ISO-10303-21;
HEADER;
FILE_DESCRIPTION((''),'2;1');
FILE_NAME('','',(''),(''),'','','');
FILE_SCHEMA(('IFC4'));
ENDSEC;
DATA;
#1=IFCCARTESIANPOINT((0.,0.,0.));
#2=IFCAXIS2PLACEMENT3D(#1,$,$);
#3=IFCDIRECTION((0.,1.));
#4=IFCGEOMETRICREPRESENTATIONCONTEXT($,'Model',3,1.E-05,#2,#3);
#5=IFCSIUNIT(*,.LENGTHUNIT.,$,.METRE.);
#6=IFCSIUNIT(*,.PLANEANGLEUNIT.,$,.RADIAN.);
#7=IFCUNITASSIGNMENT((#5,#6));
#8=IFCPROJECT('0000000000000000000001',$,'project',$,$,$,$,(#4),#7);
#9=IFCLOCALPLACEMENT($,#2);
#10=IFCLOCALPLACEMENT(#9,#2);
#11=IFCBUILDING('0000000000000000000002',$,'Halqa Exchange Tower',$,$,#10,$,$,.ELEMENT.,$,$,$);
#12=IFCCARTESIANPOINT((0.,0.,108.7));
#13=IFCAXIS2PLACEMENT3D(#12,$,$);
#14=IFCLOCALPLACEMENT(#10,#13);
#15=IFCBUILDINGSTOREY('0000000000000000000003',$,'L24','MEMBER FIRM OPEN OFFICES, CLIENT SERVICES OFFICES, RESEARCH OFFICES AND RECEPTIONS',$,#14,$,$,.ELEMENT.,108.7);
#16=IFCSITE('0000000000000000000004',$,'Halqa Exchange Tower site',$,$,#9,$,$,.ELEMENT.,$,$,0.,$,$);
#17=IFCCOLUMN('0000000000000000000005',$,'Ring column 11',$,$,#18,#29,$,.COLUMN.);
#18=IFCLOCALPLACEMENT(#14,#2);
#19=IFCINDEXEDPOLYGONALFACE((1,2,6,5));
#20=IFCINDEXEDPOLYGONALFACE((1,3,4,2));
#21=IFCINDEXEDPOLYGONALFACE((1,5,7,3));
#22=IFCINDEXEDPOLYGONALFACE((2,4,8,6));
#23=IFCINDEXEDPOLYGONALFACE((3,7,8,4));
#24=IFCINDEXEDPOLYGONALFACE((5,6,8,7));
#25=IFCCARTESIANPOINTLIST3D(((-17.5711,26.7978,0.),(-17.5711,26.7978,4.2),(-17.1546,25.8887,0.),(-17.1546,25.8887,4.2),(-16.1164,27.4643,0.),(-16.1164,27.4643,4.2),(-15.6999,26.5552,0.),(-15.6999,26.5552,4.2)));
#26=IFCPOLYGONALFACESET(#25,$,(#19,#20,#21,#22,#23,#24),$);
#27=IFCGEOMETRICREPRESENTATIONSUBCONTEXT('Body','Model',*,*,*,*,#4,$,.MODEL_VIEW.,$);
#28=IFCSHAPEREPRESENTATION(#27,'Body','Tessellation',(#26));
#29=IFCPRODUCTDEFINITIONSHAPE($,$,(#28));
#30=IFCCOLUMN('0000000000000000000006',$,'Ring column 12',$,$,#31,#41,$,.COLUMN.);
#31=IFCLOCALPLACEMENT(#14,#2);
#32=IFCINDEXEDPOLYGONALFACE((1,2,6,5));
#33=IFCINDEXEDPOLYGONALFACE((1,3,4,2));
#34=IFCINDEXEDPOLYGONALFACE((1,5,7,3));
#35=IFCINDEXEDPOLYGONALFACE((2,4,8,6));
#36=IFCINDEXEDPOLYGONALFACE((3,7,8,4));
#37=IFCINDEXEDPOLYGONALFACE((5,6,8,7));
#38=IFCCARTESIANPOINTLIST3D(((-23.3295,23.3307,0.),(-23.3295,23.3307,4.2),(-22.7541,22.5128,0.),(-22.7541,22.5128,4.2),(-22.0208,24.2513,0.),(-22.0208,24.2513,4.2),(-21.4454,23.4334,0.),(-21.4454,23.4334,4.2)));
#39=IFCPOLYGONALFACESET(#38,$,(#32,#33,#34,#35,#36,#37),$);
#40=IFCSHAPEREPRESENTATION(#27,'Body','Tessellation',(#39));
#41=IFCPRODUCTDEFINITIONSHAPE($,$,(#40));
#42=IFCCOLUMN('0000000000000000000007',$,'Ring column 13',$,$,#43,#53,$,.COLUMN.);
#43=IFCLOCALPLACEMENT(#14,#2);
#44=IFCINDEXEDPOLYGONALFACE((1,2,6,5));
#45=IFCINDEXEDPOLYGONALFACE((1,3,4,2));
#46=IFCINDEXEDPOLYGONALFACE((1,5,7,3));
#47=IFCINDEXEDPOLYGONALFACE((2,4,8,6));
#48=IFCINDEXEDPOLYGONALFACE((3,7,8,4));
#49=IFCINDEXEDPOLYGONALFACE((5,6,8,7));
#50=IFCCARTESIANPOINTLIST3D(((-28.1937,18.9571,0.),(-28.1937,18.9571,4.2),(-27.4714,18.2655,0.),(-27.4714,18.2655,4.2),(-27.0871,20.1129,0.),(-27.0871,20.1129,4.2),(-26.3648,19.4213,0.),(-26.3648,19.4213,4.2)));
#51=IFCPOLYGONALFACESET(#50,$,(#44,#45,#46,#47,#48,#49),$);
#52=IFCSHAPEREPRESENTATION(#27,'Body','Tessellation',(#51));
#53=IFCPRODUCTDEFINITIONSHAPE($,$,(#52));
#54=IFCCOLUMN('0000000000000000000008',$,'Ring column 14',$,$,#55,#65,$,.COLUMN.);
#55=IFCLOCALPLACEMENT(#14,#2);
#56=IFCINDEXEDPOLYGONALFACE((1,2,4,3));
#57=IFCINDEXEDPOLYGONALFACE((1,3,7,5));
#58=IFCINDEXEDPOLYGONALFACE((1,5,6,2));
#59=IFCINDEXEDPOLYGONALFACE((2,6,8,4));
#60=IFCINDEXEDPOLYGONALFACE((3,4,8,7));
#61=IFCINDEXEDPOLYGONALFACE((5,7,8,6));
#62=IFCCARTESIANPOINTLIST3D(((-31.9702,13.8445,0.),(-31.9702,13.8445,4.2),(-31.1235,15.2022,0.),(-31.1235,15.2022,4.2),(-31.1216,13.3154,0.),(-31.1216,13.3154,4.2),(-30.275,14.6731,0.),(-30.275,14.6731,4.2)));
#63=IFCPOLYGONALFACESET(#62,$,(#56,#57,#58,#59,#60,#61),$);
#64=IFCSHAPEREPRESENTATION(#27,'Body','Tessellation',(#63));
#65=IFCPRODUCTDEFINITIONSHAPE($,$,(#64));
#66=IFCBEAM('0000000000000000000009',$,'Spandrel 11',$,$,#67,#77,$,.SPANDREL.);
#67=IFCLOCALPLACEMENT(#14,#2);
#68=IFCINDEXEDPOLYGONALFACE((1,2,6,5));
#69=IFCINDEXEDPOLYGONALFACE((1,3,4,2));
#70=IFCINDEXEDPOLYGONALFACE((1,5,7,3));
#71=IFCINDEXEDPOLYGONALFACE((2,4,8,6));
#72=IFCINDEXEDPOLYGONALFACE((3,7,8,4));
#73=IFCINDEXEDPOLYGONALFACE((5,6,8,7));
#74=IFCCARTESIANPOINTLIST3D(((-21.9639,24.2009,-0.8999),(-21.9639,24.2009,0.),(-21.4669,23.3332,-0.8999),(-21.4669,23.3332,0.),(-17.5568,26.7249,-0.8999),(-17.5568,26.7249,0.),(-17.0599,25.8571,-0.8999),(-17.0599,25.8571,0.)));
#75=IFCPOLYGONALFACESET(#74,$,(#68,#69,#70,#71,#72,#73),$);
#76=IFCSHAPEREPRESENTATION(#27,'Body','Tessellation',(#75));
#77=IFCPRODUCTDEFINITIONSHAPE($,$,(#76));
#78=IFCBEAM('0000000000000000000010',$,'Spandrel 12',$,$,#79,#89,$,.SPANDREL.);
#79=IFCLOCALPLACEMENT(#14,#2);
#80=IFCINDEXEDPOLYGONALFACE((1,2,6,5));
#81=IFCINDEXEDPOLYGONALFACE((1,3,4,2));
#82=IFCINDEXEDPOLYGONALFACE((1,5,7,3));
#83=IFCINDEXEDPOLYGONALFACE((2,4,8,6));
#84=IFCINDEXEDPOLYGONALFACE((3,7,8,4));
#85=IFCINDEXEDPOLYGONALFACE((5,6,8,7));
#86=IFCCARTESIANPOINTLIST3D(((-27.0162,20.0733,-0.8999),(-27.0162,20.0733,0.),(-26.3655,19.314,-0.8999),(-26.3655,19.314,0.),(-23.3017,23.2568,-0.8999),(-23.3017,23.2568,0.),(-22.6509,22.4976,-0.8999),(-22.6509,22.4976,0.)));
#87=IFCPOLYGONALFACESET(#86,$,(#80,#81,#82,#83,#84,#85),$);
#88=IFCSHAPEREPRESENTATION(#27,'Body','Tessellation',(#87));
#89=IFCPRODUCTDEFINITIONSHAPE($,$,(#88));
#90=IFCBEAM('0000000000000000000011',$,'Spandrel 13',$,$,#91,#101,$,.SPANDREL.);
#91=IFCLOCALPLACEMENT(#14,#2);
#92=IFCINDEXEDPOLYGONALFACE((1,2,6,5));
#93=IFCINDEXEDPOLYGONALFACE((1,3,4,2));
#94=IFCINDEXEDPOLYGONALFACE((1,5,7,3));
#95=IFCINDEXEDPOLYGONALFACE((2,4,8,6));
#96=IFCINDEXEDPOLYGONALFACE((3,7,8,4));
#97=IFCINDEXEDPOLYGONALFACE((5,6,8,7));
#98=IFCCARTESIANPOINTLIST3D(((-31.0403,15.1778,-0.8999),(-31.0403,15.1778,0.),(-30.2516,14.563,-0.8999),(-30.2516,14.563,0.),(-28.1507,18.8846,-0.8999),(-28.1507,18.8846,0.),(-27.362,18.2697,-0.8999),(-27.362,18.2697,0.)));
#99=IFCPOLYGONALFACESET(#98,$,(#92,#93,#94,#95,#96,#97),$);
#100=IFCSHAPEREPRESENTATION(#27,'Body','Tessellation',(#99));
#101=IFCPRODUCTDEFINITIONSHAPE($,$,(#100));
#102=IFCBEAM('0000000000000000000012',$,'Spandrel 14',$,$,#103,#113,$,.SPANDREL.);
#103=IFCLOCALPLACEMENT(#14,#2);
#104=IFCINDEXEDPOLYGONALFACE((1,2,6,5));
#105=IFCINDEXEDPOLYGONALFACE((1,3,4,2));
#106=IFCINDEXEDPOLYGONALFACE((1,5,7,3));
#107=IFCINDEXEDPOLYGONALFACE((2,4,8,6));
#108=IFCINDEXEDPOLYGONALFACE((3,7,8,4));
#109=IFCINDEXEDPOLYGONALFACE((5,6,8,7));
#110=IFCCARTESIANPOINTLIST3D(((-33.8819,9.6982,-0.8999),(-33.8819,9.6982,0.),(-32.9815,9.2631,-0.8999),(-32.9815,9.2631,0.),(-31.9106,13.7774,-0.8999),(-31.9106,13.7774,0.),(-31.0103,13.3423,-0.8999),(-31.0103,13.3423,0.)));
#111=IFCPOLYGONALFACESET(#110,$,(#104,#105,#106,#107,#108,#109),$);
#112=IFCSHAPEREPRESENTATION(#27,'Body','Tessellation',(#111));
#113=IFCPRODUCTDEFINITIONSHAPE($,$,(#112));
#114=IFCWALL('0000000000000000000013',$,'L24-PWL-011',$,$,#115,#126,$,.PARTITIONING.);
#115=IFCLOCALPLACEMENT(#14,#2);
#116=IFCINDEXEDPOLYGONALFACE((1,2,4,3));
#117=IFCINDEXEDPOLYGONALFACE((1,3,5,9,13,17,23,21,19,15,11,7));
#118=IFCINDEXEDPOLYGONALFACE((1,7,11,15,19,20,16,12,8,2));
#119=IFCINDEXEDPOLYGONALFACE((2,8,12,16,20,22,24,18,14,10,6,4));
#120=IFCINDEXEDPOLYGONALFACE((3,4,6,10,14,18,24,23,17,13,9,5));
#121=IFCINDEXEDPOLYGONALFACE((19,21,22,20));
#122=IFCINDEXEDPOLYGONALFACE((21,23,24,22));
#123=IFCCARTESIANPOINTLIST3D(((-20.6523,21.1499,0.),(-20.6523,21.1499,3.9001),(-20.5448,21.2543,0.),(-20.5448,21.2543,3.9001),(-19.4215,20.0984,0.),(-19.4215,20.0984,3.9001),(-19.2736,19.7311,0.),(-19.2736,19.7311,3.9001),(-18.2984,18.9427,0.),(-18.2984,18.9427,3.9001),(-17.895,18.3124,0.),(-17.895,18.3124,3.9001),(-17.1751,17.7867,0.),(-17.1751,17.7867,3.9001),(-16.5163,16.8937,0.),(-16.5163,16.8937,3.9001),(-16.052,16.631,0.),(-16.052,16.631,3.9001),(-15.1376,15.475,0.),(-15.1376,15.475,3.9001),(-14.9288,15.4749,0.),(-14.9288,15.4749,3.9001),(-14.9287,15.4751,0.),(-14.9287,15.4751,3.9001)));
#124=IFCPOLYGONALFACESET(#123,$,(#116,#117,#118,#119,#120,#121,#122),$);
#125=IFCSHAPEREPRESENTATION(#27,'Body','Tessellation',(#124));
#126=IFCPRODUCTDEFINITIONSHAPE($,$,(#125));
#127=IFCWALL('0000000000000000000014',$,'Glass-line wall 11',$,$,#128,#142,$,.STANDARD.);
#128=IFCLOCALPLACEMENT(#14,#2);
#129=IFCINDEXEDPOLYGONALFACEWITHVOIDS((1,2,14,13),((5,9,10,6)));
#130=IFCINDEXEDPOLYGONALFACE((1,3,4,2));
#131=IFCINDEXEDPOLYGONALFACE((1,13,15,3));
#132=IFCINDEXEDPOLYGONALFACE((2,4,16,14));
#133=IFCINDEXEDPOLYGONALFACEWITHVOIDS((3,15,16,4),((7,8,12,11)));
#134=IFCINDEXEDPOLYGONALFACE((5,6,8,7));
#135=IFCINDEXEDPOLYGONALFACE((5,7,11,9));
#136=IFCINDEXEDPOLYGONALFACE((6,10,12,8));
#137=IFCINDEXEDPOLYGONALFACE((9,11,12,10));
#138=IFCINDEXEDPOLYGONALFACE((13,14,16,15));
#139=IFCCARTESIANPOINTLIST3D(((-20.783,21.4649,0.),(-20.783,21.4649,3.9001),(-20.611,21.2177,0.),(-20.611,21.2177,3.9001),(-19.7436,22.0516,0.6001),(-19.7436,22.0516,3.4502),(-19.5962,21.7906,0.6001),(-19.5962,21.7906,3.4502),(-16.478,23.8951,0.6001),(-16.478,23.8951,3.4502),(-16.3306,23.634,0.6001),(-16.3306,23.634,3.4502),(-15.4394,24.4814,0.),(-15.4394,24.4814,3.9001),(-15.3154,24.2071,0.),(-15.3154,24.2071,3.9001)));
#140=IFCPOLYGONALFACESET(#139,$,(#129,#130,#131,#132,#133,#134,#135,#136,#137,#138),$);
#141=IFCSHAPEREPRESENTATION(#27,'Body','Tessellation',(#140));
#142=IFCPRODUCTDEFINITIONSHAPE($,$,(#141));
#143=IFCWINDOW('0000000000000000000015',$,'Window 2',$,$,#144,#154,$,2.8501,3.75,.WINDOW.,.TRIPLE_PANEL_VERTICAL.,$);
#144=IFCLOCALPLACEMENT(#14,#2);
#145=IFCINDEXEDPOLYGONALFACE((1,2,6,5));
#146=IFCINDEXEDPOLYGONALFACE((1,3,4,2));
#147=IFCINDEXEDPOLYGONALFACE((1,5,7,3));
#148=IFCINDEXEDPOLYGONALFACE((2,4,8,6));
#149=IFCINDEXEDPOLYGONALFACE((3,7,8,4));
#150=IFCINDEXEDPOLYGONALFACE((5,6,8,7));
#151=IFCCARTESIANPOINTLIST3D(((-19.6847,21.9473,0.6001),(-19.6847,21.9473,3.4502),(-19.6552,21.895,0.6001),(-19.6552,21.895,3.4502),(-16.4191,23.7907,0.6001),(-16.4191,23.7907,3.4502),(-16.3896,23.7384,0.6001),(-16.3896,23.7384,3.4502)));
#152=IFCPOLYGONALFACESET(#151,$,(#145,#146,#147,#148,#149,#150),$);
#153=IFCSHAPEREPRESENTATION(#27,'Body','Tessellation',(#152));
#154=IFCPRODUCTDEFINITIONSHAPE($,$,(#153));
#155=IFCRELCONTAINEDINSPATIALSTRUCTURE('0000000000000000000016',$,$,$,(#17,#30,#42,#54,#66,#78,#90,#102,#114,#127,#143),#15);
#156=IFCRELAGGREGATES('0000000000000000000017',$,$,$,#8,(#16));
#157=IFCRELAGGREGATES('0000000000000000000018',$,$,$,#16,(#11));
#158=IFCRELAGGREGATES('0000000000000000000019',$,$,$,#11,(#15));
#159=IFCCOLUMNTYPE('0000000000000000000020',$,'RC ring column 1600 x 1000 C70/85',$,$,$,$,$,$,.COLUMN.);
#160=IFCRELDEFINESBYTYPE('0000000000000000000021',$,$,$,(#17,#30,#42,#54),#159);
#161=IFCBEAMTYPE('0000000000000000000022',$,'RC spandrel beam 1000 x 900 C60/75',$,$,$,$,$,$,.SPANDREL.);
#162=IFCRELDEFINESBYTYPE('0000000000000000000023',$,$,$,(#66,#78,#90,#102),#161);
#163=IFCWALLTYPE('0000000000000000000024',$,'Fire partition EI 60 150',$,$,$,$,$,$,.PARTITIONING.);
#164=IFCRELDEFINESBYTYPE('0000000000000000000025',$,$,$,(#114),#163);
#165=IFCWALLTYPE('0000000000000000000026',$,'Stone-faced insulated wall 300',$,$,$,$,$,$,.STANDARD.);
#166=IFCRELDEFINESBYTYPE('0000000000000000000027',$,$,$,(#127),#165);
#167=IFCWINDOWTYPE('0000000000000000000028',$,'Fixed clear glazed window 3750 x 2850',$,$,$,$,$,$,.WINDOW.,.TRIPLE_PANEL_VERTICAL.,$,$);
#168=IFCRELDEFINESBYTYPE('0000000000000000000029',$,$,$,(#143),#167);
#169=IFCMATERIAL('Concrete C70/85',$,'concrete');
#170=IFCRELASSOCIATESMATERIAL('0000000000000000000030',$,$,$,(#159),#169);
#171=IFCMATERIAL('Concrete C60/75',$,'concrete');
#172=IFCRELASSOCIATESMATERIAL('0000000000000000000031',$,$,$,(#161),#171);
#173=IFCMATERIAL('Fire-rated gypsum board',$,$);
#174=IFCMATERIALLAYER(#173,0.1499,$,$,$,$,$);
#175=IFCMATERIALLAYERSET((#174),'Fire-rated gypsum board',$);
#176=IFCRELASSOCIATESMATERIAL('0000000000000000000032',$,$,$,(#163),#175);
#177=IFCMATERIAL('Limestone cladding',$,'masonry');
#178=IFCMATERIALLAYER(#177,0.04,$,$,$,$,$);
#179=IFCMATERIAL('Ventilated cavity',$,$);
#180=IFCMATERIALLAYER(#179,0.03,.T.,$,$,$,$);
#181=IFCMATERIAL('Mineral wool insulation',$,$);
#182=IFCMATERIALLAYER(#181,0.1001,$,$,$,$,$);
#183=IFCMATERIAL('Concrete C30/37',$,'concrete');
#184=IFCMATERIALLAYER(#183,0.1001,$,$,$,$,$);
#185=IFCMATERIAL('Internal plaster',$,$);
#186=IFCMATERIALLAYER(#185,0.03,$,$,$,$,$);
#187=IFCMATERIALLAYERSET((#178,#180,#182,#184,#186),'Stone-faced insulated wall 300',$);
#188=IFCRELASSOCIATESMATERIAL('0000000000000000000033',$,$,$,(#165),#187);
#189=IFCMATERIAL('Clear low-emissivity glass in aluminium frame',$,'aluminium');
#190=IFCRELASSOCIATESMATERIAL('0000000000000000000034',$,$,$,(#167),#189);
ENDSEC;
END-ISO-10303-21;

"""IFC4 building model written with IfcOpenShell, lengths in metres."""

from ifc_helpers import new_model, si_unit, direction, frame, frame_2d, origin, origin_2d, place, context, subcontext, project, spatial, polyline, rectangle, outline, extrude, material, layer, layer_set, material_profile, profile_set, type_object, element, fill, save


model = new_model("IFC4")

# Units and contexts
model_context = context("Model", 3, precision=1e-05, world=origin(), true_north=direction((0.0, 1.0)))
body_context = subcontext(model_context, "Body", "Model", "MODEL_VIEW")
ifc_project = project(units=[si_unit("LENGTHUNIT", "METRE"), si_unit("PLANEANGLEUNIT", "RADIAN")], contexts=[model_context])

# Site, building, storey
site_placement = place(None, origin())
site = spatial("IfcSite", under=ifc_project, at=site_placement, Name="Halqa Exchange Tower site", CompositionType="ELEMENT", RefElevation=0.0)
building_placement = place(site_placement, origin())
building = spatial("IfcBuilding", under=site, at=building_placement, Name="Halqa Exchange Tower", CompositionType="ELEMENT")
storey_placement = place(building_placement, frame((0.0, 0.0, 108.7)))
storey = spatial("IfcBuildingStorey", under=building, at=storey_placement, Name="L24", Description="MEMBER FIRM OPEN OFFICES, CLIENT SERVICES OFFICES, RESEARCH OFFICES AND RECEPTIONS", CompositionType="ELEMENT", Elevation=108.7)

# Columns
ifc_material_1 = material(Name="Concrete C70/85", Category="concrete")
ifc_material_profile_1 = material_profile(ifc_material_1, rectangle(XDim=1.6001, YDim=1.0, at=origin_2d()), Name="1600 x 1000")
ifc_profile_set_1 = profile_set([ifc_material_profile_1], Name="Concrete C70/85")
column_type = type_object("IfcColumnType", Name="RC ring column 1600 x 1000 C70/85", PredefinedType="COLUMN", material=ifc_profile_set_1)
for number, where, z_axis, x_axis, name in (
    (1, (-16.6355, 26.6765, 0.0), (0.0, 0.0, 1.0), (-0.909128, -0.416517, 0.0), "Ring column 11"),
    (2, (-22.3875, 23.3821, 0.0), (0.0, 0.0, 1.0), (-0.817911, -0.575345, 0.0), "Ring column 12"),
    (3, (-27.2793, 19.1892, 0.0), (0.0, 0.0, 1.0), (-0.691581, -0.722299, 0.0), "Ring column 13"),
    (4, (-31.1226, 14.2588, 0.0), (0.0, 0.0, 1.0), (-0.529139, -0.848535, 0.0), "Ring column 14"),
):
    element("IfcColumn", number, at=place(storey_placement, frame(where, z_axis=z_axis, x_axis=x_axis)), inside=storey, type_object=column_type, Name=name, PredefinedType="COLUMN", context=body_context, shape_type="SweptSolid", body=[
        extrude(rectangle(XDim=1.6001, YDim=1.0, at=origin_2d()), origin(), (0.0, 0.0, 1.0), 4.2),
    ])

# Beams
ifc_material_2 = material(Name="Concrete C60/75", Category="concrete")
ifc_material_profile_2 = material_profile(ifc_material_2, rectangle(XDim=1.0, YDim=0.8999, at=origin_2d()), Name="1000 x 900")
ifc_profile_set_2 = profile_set([ifc_material_profile_2], Name="Concrete C60/75")
beam_type = type_object("IfcBeamType", Name="RC spandrel beam 1000 x 900 C60/75", PredefinedType="SPANDREL", material=ifc_profile_set_2)
beam_1_placement = place(storey_placement, frame((-17.3083, 26.291, -0.45), z_axis=(-0.867763, -0.496977, 0.0), x_axis=(0.496977, -0.867763, 0.0)))
element("IfcBeam", 5, at=beam_1_placement, inside=storey, type_object=beam_type, Name="Spandrel 11", PredefinedType="SPANDREL", context=body_context, shape_type="SweptSolid", body=[
    extrude(rectangle(XDim=1.0, YDim=0.8999, at=origin_2d()), origin(), (0.0, 0.0, 1.0), 5.0786),
])
beam_2_placement = place(storey_placement, frame((-22.9763, 22.8772, -0.45), z_axis=(-0.759292, -0.65075, 0.0), x_axis=(0.65075, -0.759292, 0.0)))
element("IfcBeam", 6, at=beam_2_placement, inside=storey, type_object=beam_type, Name="Spandrel 12", PredefinedType="SPANDREL", context=body_context, shape_type="SweptSolid", body=[
    extrude(rectangle(XDim=1.0, YDim=0.8999, at=origin_2d()), origin(), (0.0, 0.0, 1.0), 4.8921),
])
beam_3_placement = place(storey_placement, frame((-27.7563, 18.5771, -0.45), z_axis=(-0.614814, -0.788672, 0.0), x_axis=(0.788672, -0.614814, 0.0)))
element("IfcBeam", 7, at=beam_3_placement, inside=storey, type_object=beam_type, Name="Spandrel 13", PredefinedType="SPANDREL", context=body_context, shape_type="SweptSolid", body=[
    extrude(rectangle(XDim=1.0, YDim=0.8999, at=origin_2d()), origin(), (0.0, 0.0, 1.0), 4.7),
])
beam_4_placement = place(storey_placement, frame((-31.4604, 13.5598, -0.45), z_axis=(-0.435102, -0.900381, 0.0), x_axis=(0.900381, -0.435102, 0.0)))
element("IfcBeam", 8, at=beam_4_placement, inside=storey, type_object=beam_type, Name="Spandrel 14", PredefinedType="SPANDREL", context=body_context, shape_type="SweptSolid", body=[
    extrude(rectangle(XDim=1.0, YDim=0.8999, at=origin_2d()), origin(), (0.0, 0.0, 1.0), 4.5305),
])

# Shared definitions
ifc_material_3 = material(Name="Fire-rated gypsum board")
ifc_layer_1 = layer(ifc_material_3, 0.1499)
ifc_layer_set_1 = layer_set([ifc_layer_1], Name="Fire-rated gypsum board")
wall_type_1 = type_object("IfcWallType", Name="Fire partition EI 60 150", PredefinedType="PARTITIONING", material=ifc_layer_set_1)

# Wall
wall_1_placement = place(storey_placement, frame((-14.9824, 15.4229, 0.0), z_axis=(0.0, 0.0, 1.0), x_axis=(-0.696916, 0.717153, 0.0)))
element("IfcWall", 9, at=wall_1_placement, inside=storey, type_object=wall_type_1, Name="L24-PWL-011", PredefinedType="PARTITIONING", context=body_context, shape_type="SweptSolid", body=[
    extrude(outline(polyline([(8.0586, 0.075), (6.0803, 0.075), (4.1021, 0.075), (2.1238, 0.075), (0.1455, 0.075), (0.0, -0.0747), (0.0, -0.075), (1.6118, -0.075), (3.2234, -0.075), (4.8352, -0.075), (6.4468, -0.075), (8.0586, -0.075), (8.0586, 0.075)])), origin(), (0.0, 0.0, 1.0), 3.9001),
])

# Wall, opening, window
ifc_material_4 = material(Name="Limestone cladding", Category="masonry")
ifc_layer_2 = layer(ifc_material_4, 0.04)
ifc_material_5 = material(Name="Ventilated cavity")
ifc_layer_3 = layer(ifc_material_5, 0.03, ventilated=True)
ifc_material_6 = material(Name="Mineral wool insulation")
ifc_layer_4 = layer(ifc_material_6, 0.1001)
ifc_material_7 = material(Name="Concrete C30/37", Category="concrete")
ifc_layer_5 = layer(ifc_material_7, 0.1001)
ifc_material_8 = material(Name="Internal plaster")
ifc_layer_6 = layer(ifc_material_8, 0.03)
ifc_layer_set_2 = layer_set([ifc_layer_2, ifc_layer_3, ifc_layer_4, ifc_layer_5, ifc_layer_6], Name="Stone-faced insulated wall 300")
wall_type_2 = type_object("IfcWallType", Name="Stone-faced insulated wall 300", PredefinedType="STANDARD", material=ifc_layer_set_2)
wall_2_placement = place(storey_placement, frame((-15.3774, 24.3442, 0.0), z_axis=(0.0, 0.0, 1.0), x_axis=(-0.870828, -0.491587, 0.0)))
wall_2 = element("IfcWall", 10, at=wall_2_placement, inside=storey, type_object=wall_type_2, Name="Glass-line wall 11", PredefinedType="STANDARD", context=body_context, shape_type="SweptSolid", body=[
    extrude(outline(polyline([(-0.0134, -0.1499), (6.1228, -0.1499), (6.0945, 0.1499), (0.0134, 0.1499), (-0.0134, -0.1499)])), origin(), (0.0, 0.0, 1.0), 3.9001),
])
opening_1_placement = place(wall_2_placement, frame((1.1792, 0.0, 0.6001)))
opening_1 = element("IfcOpeningElement", 11, at=opening_1_placement, cuts=wall_2, PredefinedType="OPENING", context=body_context, shape_type="SweptSolid", body=[
    extrude(rectangle(XDim=3.75, YDim=2.8501, at=frame_2d((1.875, 1.425))), frame((0.0, 0.1621, 0.0), z_axis=(0.0, -1.0, 0.0), x_axis=(1.0, 0.0, 0.0)), (0.0, 0.0, 1.0), 0.324),
])
ifc_material_9 = material(Name="Clear low-emissivity glass in aluminium frame", Category="aluminium")
window_type = type_object("IfcWindowType", Name="Fixed clear glazed window 3750 x 2850", PartitioningType="TRIPLE_PANEL_VERTICAL", PredefinedType="WINDOW", material=ifc_material_9)
window_1_placement = place(opening_1_placement, origin())
window_1 = element("IfcWindow", 12, at=window_1_placement, inside=storey, type_object=window_type, Name="Window 2", OverallHeight=2.8501, OverallWidth=3.75, PartitioningType="TRIPLE_PANEL_VERTICAL", PredefinedType="WINDOW", context=body_context, shape_type="SweptSolid", body=[
    extrude(rectangle(XDim=3.75, YDim=2.8501, at=frame_2d((1.875, 1.425))), frame((0.0, 0.03, 0.0), z_axis=(0.0, -1.0, 0.0), x_axis=(1.0, 0.0, 0.0)), (0.0, 0.0, 1.0), 0.0601),
])
fill(opening_1, window_1)

save(model, "model.ifc")
